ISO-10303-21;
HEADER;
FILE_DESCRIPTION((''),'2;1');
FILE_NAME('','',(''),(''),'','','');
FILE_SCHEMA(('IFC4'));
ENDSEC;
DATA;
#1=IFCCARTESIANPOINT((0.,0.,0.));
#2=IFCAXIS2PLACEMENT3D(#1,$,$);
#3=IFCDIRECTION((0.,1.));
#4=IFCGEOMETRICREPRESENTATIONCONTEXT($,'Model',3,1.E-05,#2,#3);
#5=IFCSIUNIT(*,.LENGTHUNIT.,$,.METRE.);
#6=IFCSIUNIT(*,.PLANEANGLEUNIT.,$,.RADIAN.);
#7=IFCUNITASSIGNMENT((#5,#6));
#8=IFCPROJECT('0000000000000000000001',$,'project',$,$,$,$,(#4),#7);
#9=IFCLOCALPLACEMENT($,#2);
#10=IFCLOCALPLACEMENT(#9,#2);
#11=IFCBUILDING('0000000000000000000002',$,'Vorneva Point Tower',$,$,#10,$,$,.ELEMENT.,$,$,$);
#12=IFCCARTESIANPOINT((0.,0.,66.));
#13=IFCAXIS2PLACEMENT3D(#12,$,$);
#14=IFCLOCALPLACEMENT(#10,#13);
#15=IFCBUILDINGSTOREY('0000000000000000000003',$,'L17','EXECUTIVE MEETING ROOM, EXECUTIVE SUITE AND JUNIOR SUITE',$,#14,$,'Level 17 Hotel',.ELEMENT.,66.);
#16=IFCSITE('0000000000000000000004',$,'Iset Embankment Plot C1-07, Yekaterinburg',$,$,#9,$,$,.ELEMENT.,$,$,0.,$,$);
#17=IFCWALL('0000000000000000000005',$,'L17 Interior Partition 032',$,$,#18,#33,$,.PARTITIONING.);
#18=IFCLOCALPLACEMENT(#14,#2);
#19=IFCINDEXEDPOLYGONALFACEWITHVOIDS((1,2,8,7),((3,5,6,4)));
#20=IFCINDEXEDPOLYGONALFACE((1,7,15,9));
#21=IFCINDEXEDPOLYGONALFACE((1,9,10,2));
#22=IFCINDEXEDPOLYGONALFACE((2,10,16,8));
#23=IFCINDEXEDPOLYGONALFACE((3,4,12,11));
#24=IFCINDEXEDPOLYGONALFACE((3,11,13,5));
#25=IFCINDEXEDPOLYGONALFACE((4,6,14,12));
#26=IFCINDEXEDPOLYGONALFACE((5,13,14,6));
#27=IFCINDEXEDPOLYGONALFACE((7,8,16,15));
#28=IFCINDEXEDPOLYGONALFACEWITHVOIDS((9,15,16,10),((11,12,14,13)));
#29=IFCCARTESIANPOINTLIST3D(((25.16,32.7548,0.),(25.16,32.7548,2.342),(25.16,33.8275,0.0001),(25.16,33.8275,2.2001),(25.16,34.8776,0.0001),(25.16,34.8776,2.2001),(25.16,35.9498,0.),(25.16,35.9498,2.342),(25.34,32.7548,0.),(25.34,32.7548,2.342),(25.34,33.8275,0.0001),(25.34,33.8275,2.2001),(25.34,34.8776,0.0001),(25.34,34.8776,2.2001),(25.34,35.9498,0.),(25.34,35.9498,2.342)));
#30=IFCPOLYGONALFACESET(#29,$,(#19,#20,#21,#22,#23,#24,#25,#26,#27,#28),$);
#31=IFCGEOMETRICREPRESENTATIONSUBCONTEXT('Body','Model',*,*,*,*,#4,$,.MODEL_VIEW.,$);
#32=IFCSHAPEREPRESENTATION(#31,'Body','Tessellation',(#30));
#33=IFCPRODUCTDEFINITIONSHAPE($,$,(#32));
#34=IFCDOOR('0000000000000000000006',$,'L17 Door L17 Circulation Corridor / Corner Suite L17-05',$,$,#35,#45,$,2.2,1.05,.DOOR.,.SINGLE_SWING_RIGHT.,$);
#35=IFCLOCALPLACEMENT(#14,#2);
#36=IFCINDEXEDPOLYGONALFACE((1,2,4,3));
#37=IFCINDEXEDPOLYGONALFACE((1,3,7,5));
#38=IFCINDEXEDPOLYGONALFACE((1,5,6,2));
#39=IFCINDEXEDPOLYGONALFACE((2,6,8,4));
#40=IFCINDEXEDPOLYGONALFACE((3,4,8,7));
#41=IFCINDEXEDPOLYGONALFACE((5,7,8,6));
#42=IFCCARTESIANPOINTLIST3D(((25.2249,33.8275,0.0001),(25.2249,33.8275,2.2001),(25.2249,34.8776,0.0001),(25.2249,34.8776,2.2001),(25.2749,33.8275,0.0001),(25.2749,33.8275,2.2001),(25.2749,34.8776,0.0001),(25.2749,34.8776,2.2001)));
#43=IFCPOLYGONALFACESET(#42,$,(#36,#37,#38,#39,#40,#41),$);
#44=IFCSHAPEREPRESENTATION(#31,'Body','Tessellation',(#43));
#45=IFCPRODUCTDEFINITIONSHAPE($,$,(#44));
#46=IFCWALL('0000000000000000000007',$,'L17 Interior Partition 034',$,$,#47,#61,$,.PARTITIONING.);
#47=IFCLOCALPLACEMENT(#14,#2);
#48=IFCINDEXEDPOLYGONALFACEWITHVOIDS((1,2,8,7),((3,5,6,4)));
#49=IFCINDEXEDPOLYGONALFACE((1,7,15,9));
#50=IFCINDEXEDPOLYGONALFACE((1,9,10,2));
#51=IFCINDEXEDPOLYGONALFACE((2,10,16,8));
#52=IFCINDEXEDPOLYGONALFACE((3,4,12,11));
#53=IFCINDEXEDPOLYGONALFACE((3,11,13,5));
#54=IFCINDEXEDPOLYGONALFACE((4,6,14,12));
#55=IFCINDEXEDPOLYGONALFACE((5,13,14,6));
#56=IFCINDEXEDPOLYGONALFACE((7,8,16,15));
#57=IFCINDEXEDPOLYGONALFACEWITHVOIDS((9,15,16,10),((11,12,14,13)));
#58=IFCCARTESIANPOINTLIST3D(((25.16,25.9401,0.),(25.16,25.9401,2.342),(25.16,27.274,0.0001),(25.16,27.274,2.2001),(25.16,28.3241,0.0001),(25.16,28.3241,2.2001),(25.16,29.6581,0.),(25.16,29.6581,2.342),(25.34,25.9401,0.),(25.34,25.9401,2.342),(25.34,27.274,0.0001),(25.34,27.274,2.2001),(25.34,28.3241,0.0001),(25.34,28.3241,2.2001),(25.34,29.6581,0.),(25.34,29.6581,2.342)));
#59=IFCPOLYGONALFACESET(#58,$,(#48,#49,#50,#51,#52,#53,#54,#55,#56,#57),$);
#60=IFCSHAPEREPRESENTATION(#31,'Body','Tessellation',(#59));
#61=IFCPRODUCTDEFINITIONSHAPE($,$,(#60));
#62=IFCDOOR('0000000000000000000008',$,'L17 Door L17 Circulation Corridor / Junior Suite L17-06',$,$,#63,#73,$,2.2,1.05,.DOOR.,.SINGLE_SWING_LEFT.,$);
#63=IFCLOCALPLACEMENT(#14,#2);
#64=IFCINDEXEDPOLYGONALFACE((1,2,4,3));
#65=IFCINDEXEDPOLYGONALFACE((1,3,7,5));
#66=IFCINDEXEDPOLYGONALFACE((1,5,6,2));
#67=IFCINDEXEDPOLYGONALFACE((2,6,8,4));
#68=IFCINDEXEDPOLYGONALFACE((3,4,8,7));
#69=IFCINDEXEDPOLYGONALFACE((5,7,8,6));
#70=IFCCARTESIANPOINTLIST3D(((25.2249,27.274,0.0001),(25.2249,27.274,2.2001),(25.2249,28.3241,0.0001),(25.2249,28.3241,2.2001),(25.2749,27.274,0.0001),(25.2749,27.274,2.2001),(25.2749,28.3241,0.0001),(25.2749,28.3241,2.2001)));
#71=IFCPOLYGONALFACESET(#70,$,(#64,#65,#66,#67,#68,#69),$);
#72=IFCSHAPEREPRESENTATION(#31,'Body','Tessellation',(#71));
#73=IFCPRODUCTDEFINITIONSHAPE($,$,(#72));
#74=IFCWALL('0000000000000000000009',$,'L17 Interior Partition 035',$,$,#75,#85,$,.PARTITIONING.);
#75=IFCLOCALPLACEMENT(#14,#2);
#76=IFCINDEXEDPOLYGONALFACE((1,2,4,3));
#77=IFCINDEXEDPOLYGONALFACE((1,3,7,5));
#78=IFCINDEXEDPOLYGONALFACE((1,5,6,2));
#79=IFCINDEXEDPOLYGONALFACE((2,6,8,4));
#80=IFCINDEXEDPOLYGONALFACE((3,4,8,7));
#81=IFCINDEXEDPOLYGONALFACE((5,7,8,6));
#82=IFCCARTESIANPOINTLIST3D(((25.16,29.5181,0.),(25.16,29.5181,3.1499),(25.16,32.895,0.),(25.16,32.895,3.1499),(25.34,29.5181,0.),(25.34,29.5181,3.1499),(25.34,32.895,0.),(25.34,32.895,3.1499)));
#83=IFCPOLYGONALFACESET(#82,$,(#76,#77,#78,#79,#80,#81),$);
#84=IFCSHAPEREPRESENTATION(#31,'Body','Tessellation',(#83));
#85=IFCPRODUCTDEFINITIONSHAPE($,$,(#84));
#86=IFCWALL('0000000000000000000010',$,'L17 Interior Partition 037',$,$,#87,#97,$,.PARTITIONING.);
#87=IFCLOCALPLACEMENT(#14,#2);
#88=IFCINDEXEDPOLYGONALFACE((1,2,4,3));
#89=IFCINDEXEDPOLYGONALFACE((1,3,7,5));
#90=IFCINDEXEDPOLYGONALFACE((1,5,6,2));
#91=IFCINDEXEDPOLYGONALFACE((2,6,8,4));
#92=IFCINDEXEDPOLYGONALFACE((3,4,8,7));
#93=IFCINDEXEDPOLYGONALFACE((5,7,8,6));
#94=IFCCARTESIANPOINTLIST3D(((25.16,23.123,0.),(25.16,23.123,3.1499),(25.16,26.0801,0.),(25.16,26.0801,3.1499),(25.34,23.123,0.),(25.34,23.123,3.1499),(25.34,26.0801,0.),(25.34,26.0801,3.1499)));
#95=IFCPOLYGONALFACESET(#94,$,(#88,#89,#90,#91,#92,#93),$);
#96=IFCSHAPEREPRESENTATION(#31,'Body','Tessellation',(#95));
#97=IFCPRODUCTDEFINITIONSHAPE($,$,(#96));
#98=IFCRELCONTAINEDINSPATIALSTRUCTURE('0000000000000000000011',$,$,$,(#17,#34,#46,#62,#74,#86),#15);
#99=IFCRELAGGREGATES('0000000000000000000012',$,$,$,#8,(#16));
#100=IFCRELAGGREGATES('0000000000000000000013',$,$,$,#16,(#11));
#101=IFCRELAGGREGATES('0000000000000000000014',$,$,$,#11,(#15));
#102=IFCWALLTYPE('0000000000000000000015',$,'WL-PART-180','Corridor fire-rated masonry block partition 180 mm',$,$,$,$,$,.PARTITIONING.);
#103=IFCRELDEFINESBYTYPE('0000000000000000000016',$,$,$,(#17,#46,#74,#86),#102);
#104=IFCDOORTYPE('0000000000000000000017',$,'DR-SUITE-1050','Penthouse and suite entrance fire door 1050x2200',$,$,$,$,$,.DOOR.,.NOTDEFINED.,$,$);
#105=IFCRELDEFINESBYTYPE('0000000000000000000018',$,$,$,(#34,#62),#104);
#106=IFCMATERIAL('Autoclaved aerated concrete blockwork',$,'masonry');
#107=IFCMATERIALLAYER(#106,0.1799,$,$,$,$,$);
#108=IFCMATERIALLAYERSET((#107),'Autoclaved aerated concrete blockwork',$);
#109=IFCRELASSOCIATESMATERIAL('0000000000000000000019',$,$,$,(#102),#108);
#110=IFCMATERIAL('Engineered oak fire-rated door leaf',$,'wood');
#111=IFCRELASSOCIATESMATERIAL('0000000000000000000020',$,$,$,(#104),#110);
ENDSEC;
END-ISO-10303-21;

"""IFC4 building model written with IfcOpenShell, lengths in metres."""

from ifc_helpers import new_model, si_unit, direction, frame, frame_2d, origin, place, context, subcontext, project, spatial, rectangle, extrude, material, layer, layer_set, type_object, element, fill, save


model = new_model("IFC4")

# Units and contexts
model_context = context("Model", 3, precision=1e-05, world=origin(), true_north=direction((0.0, 1.0)))
body_context = subcontext(model_context, "Body", "Model", "MODEL_VIEW")
ifc_project = project(units=[si_unit("LENGTHUNIT", "METRE"), si_unit("PLANEANGLEUNIT", "RADIAN")], contexts=[model_context])

# Site, building, storey
site_placement = place(None, origin())
site = spatial("IfcSite", under=ifc_project, at=site_placement, Name="Iset Embankment Plot C1-07, Yekaterinburg", CompositionType="ELEMENT", RefElevation=0.0)
building_placement = place(site_placement, origin())
building = spatial("IfcBuilding", under=site, at=building_placement, Name="Vorneva Point Tower", CompositionType="ELEMENT")
storey_placement = place(building_placement, frame((0.0, 0.0, 66.0)))
storey = spatial("IfcBuildingStorey", under=building, at=storey_placement, Name="L17", Description="EXECUTIVE MEETING ROOM, EXECUTIVE SUITE AND JUNIOR SUITE", LongName="Level 17 Hotel", CompositionType="ELEMENT", Elevation=66.0)

# Shared definitions
ifc_material_1 = material(Name="Engineered oak fire-rated door leaf", Category="wood")

# Walls, openings, doors
ifc_material_2 = material(Name="Autoclaved aerated concrete blockwork", Category="masonry")
ifc_layer_1 = layer(ifc_material_2, 0.1799)
ifc_layer_set_1 = layer_set([ifc_layer_1], Name="Autoclaved aerated concrete blockwork")
wall_type_1 = type_object("IfcWallType", Name="WL-PART-180", Description="Corridor fire-rated masonry block partition 180 mm", PredefinedType="PARTITIONING", material=ifc_layer_set_1)
wall_1_placement = place(storey_placement, frame((25.25, 35.95, 0.0), z_axis=(0.0, 0.0, 1.0), x_axis=(0.0, -1.0, 0.0)))
wall_1 = element("IfcWall", 1, at=wall_1_placement, inside=storey, type_object=wall_type_1, Name="L17 Interior Partition 032", PredefinedType="PARTITIONING", context=body_context, shape_type="SweptSolid", body=[
    extrude(rectangle(XDim=3.1951, YDim=0.1799, at=frame_2d((1.5977, 0.0))), origin(), (0.0, 0.0, 1.0), 2.342),
])
opening_1_placement = place(wall_1_placement, frame((1.0725, 0.0, 0.0)))
opening_1 = element("IfcOpeningElement", 2, at=opening_1_placement, cuts=wall_1, PredefinedType="OPENING", context=body_context, shape_type="SweptSolid", body=[
    extrude(rectangle(XDim=1.05, YDim=2.2, at=frame_2d((0.5249, 1.1001))), frame((0.0, 0.105, 0.0), z_axis=(0.0, -1.0, 0.0), x_axis=(1.0, 0.0, 0.0)), (0.0, 0.0, 1.0), 0.2097),
])
door_type_1 = type_object("IfcDoorType", Name="DR-SUITE-1050", Description="Penthouse and suite entrance fire door 1050x2200", OperationType="NOTDEFINED", PredefinedType="DOOR", material=ifc_material_1)
door_1_placement = place(opening_1_placement, origin())
door_1 = element("IfcDoor", 3, at=door_1_placement, inside=storey, type_object=door_type_1, Name="L17 Door L17 Circulation Corridor / Corner Suite L17-05", OperationType="SINGLE_SWING_RIGHT", OverallHeight=2.2, OverallWidth=1.05, PredefinedType="DOOR", context=body_context, shape_type="SweptSolid", body=[
    extrude(rectangle(XDim=1.05, YDim=2.2, at=frame_2d((0.5249, 1.1001))), frame((0.0, 0.0249, 0.0), z_axis=(0.0, -1.0, 0.0), x_axis=(1.0, 0.0, 0.0)), (0.0, 0.0, 1.0), 0.05),
])
fill(opening_1, door_1)
wall_2_placement = place(storey_placement, frame((25.25, 29.658, 0.0), z_axis=(0.0, 0.0, 1.0), x_axis=(0.0, -1.0, 0.0)))
wall_2 = element("IfcWall", 4, at=wall_2_placement, inside=storey, type_object=wall_type_1, Name="L17 Interior Partition 034", PredefinedType="PARTITIONING", context=body_context, shape_type="SweptSolid", body=[
    extrude(rectangle(XDim=3.718, YDim=0.1799, at=frame_2d((1.8589, 0.0))), origin(), (0.0, 0.0, 1.0), 2.342),
])
opening_2_placement = place(wall_2_placement, frame((1.334, 0.0, 0.0)))
opening_2 = element("IfcOpeningElement", 5, at=opening_2_placement, cuts=wall_2, PredefinedType="OPENING", context=body_context, shape_type="SweptSolid", body=[
    extrude(rectangle(XDim=1.05, YDim=2.2, at=frame_2d((0.5249, 1.1001))), frame((0.0, 0.105, 0.0), z_axis=(0.0, -1.0, 0.0), x_axis=(1.0, 0.0, 0.0)), (0.0, 0.0, 1.0), 0.2097),
])
door_2_placement = place(opening_2_placement, origin())
door_2 = element("IfcDoor", 6, at=door_2_placement, inside=storey, type_object=door_type_1, Name="L17 Door L17 Circulation Corridor / Junior Suite L17-06", OperationType="SINGLE_SWING_LEFT", OverallHeight=2.2, OverallWidth=1.05, PredefinedType="DOOR", context=body_context, shape_type="SweptSolid", body=[
    extrude(rectangle(XDim=1.05, YDim=2.2, at=frame_2d((0.5249, 1.1001))), frame((0.0, 0.0249, 0.0), z_axis=(0.0, -1.0, 0.0), x_axis=(1.0, 0.0, 0.0)), (0.0, 0.0, 1.0), 0.05),
])
fill(opening_2, door_2)

# Walls
wall_3_placement = place(storey_placement, frame((25.25, 32.895, 0.0), z_axis=(0.0, 0.0, 1.0), x_axis=(0.0, -1.0, 0.0)))
element("IfcWall", 7, at=wall_3_placement, inside=storey, type_object=wall_type_1, Name="L17 Interior Partition 035", PredefinedType="PARTITIONING", context=body_context, shape_type="SweptSolid", body=[
    extrude(rectangle(XDim=3.377, YDim=0.1799, at=frame_2d((1.6885, 0.0))), origin(), (0.0, 0.0, 1.0), 3.1499),
])
wall_4_placement = place(storey_placement, frame((25.25, 26.0801, 0.0), z_axis=(0.0, 0.0, 1.0), x_axis=(0.0, -1.0, 0.0)))
element("IfcWall", 8, at=wall_4_placement, inside=storey, type_object=wall_type_1, Name="L17 Interior Partition 037", PredefinedType="PARTITIONING", context=body_context, shape_type="SweptSolid", body=[
    extrude(rectangle(XDim=2.957, YDim=0.1799, at=frame_2d((1.4785, 0.0))), origin(), (0.0, 0.0, 1.0), 3.1499),
])

save(model, "model.ifc")
